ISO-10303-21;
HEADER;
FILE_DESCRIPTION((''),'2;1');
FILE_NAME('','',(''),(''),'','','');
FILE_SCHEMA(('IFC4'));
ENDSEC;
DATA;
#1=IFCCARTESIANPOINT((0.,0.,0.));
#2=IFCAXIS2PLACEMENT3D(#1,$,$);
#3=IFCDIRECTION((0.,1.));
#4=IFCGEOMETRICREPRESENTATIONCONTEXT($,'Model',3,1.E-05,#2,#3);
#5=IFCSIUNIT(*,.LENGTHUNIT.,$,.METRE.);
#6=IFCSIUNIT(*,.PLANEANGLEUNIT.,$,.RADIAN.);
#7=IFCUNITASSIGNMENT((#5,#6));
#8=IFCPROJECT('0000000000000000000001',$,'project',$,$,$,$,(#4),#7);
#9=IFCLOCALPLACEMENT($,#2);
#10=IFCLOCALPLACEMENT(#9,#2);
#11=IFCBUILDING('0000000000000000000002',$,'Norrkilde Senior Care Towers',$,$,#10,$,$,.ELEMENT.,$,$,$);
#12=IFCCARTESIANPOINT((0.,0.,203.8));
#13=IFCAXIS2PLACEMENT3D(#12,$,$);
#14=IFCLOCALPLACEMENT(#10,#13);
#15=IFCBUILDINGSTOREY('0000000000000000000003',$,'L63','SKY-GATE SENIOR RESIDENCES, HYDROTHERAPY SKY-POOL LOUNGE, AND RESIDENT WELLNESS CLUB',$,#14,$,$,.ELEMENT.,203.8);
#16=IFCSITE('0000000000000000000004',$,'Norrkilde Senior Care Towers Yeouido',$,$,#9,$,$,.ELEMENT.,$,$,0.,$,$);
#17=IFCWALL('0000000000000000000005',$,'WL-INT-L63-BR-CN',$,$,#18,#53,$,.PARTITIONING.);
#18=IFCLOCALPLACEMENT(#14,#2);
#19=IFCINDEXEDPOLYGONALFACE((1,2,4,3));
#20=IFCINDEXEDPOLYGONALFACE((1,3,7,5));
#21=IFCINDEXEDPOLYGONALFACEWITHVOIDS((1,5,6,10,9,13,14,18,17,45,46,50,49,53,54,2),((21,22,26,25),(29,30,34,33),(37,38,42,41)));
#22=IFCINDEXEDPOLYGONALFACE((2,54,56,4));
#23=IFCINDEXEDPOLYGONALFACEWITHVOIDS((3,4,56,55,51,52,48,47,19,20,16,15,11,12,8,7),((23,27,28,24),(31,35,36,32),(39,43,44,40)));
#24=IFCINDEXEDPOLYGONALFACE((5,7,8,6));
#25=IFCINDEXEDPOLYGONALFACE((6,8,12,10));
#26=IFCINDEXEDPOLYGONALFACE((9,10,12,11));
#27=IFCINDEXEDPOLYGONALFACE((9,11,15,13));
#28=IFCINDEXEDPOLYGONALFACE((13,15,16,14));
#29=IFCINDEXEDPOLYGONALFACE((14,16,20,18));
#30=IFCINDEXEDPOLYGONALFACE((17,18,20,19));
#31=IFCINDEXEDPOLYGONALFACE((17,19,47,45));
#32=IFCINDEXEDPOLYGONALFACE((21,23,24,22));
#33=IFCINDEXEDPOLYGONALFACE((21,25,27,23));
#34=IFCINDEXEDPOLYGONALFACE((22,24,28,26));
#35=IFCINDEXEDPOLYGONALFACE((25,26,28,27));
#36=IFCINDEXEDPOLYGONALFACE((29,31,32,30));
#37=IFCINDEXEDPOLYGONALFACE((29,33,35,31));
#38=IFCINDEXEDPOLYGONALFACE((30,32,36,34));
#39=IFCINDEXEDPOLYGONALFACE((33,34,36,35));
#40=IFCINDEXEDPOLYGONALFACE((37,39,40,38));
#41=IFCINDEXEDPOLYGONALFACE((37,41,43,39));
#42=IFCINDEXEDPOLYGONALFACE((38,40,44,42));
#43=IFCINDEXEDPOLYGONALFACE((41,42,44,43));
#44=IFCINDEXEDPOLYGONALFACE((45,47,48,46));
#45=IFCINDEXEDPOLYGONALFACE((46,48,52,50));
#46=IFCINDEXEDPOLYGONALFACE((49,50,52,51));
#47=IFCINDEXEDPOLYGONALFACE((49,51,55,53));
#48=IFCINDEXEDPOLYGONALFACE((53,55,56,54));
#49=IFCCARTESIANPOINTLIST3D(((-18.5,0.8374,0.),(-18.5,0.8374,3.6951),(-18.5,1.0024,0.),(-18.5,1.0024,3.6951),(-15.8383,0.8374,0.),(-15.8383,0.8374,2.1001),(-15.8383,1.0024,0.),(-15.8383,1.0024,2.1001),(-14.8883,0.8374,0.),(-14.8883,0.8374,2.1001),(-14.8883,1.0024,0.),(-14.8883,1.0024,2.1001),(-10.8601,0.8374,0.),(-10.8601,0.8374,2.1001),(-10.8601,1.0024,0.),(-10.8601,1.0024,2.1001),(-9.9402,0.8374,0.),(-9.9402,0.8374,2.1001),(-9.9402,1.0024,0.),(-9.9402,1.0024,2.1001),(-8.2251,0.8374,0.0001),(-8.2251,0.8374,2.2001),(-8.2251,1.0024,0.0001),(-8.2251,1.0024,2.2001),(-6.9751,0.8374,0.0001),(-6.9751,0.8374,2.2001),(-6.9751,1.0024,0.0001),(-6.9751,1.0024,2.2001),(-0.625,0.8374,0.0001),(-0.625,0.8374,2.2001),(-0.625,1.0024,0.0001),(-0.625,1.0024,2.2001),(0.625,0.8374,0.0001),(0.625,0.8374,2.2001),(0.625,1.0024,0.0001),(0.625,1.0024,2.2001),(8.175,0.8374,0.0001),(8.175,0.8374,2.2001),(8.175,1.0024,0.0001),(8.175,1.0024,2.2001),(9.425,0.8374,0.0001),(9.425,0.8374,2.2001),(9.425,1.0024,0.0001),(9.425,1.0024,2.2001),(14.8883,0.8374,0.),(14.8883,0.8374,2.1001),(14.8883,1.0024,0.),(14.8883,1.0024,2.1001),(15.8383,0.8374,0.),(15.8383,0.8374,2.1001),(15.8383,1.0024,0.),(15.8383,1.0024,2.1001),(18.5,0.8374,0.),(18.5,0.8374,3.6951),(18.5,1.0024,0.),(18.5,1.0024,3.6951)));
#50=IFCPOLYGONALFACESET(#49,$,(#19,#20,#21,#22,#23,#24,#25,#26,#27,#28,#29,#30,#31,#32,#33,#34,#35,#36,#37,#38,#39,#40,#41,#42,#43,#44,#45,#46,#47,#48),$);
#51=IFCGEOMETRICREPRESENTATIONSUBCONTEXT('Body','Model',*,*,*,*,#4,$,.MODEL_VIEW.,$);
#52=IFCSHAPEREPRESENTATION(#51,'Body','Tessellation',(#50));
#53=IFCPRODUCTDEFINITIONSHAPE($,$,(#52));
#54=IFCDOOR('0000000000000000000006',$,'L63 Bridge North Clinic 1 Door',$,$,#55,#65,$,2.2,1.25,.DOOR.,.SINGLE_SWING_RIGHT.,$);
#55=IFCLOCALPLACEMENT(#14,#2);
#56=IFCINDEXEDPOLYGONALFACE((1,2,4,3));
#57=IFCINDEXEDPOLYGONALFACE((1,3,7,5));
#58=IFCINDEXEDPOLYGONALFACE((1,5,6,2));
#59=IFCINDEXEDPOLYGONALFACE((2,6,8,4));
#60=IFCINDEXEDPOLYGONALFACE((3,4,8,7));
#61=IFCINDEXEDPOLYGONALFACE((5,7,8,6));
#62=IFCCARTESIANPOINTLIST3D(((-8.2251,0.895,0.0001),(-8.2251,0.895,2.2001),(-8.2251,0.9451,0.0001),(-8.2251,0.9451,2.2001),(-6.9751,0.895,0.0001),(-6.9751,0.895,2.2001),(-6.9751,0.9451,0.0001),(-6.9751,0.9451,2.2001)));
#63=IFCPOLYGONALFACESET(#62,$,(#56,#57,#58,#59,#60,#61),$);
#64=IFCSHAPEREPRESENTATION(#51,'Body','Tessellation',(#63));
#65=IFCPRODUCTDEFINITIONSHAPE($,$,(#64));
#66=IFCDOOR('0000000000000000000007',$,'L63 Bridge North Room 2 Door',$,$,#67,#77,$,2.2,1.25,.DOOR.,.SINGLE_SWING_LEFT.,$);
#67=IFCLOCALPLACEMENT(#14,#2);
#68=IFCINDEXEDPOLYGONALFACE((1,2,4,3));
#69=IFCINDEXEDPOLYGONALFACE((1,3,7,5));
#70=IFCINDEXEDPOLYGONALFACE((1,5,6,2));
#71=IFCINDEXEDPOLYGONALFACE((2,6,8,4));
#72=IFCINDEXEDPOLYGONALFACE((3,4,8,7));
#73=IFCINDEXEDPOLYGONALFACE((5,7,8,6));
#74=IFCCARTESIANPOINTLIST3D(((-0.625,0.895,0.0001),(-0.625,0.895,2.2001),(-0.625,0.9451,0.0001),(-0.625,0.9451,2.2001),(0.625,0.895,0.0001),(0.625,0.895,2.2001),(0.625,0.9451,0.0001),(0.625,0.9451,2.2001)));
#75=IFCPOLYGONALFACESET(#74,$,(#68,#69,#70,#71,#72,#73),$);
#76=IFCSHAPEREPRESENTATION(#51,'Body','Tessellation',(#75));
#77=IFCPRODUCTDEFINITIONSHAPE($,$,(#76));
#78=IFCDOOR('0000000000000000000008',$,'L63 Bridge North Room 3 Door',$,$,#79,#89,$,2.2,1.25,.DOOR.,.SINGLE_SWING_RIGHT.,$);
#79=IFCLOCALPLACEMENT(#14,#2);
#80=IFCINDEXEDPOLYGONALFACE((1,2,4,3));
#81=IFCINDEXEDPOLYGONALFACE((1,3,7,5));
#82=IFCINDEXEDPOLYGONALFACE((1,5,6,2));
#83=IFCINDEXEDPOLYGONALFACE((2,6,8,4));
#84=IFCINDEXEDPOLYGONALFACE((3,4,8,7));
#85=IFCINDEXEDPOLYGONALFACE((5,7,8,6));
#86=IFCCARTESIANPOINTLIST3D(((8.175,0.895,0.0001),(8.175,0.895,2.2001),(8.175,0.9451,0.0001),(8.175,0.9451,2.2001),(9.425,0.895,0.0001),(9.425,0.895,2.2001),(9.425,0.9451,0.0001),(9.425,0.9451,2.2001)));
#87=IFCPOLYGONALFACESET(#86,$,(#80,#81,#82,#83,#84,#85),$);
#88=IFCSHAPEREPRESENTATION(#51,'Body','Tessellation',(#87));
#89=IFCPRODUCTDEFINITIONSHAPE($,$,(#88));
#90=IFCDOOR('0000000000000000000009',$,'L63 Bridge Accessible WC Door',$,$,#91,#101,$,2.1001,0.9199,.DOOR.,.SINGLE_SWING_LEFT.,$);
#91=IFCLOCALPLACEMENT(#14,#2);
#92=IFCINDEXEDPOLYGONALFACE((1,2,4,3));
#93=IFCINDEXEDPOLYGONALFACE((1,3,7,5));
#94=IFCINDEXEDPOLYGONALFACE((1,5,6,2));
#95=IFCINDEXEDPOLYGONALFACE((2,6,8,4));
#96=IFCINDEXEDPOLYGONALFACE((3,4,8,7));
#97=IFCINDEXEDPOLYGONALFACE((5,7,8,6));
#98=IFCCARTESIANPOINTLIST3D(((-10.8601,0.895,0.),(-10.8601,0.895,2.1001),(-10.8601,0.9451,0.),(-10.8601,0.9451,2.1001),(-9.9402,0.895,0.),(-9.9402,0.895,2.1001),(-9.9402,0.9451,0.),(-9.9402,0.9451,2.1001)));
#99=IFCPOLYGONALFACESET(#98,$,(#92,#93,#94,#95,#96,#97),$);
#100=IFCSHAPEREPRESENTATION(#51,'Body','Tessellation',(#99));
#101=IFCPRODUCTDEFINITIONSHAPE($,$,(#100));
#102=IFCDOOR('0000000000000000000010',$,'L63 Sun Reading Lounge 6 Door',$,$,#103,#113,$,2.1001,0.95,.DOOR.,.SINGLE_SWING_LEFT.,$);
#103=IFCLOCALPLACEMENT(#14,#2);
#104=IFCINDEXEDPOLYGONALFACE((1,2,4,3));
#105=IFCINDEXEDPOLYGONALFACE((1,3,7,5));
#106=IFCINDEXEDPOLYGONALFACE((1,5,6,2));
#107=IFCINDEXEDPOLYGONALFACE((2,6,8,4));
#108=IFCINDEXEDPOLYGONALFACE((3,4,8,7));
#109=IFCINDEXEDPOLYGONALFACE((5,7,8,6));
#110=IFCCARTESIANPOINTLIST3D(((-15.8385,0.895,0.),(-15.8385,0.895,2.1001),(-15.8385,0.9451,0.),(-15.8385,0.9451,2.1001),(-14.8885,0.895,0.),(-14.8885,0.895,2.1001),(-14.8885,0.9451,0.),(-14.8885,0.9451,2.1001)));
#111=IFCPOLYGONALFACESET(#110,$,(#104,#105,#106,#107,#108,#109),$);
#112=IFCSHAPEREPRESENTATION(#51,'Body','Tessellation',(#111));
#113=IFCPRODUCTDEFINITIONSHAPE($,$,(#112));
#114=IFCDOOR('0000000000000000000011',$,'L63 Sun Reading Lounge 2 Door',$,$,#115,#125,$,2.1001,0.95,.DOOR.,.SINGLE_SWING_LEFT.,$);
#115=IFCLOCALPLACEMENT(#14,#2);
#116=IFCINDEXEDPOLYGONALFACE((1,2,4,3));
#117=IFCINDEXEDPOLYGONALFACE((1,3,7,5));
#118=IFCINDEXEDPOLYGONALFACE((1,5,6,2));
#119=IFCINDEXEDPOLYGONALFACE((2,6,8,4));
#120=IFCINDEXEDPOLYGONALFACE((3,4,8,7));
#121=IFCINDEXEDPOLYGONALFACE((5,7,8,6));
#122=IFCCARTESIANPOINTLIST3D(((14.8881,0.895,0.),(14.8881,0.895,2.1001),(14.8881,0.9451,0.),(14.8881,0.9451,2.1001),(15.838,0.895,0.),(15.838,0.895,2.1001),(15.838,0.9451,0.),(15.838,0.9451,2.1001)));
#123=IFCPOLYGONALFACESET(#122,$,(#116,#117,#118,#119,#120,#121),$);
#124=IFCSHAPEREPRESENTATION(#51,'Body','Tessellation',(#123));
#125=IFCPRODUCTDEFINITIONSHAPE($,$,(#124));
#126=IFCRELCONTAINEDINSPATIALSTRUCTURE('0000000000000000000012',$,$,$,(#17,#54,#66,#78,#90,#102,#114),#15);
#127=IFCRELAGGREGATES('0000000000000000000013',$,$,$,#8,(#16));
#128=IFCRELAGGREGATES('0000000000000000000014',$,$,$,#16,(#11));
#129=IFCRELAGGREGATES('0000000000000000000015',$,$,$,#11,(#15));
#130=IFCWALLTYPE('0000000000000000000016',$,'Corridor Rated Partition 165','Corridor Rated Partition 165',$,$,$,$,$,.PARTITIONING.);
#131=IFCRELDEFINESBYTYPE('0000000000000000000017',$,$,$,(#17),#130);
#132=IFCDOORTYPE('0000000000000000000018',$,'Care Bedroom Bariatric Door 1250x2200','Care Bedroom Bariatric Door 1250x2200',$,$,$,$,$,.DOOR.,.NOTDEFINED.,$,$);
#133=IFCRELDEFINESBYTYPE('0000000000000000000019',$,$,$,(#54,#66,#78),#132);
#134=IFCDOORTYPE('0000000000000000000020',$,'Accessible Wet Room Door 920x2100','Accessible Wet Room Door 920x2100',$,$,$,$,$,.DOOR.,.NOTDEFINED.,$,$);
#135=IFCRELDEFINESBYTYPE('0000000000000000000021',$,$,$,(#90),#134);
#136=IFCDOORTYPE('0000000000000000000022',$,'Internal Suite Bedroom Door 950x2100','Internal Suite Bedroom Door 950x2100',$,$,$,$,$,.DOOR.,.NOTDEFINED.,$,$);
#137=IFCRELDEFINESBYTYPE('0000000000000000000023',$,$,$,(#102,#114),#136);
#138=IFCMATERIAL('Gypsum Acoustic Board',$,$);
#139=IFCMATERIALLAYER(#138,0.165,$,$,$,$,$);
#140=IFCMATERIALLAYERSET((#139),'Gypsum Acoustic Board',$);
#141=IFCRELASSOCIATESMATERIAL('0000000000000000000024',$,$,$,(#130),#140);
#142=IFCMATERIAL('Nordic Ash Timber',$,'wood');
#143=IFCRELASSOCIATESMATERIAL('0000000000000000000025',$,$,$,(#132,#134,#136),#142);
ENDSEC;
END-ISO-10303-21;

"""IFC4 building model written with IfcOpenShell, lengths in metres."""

from ifc_helpers import new_model, si_unit, direction, frame, frame_2d, origin, place, context, subcontext, project, spatial, rectangle, extrude, source, transform, mapped, material, layer, layer_set, type_object, type_shapes, element, fill, save


model = new_model("IFC4")

# Units and contexts
model_context = context("Model", 3, precision=1e-05, world=origin(), true_north=direction((0.0, 1.0)))
body_context = subcontext(model_context, "Body", "Model", "MODEL_VIEW")
ifc_project = project(units=[si_unit("LENGTHUNIT", "METRE"), si_unit("PLANEANGLEUNIT", "RADIAN")], contexts=[model_context])

# Site, building, storey
site_placement = place(None, origin())
site = spatial("IfcSite", under=ifc_project, at=site_placement, Name="Norrkilde Senior Care Towers Yeouido", CompositionType="ELEMENT", RefElevation=0.0)
building_placement = place(site_placement, origin())
building = spatial("IfcBuilding", under=site, at=building_placement, Name="Norrkilde Senior Care Towers", CompositionType="ELEMENT")
storey_placement = place(building_placement, frame((0.0, 0.0, 203.8)))
storey = spatial("IfcBuildingStorey", under=building, at=storey_placement, Name="L63", Description="SKY-GATE SENIOR RESIDENCES, HYDROTHERAPY SKY-POOL LOUNGE, AND RESIDENT WELLNESS CLUB", CompositionType="ELEMENT", Elevation=203.8)

# Shared definitions
ifc_material_1 = material(Name="Gypsum Acoustic Board")
ifc_layer_1 = layer(ifc_material_1, 0.165)
ifc_layer_set_1 = layer_set([ifc_layer_1], Name="Gypsum Acoustic Board")
wall_type_1 = type_object("IfcWallType", Name="Corridor Rated Partition 165", Description="Corridor Rated Partition 165", PredefinedType="PARTITIONING", material=ifc_layer_set_1)
ifc_material_2 = material(Name="Nordic Ash Timber", Category="wood")
door_type_1 = type_object("IfcDoorType", Name="Care Bedroom Bariatric Door 1250x2200", Description="Care Bedroom Bariatric Door 1250x2200", OperationType="NOTDEFINED", PredefinedType="DOOR", material=ifc_material_2)
shared_shape_1 = source(origin(), body_context, "Body", "SweptSolid", [
    extrude(rectangle(XDim=1.25, YDim=2.2, at=frame_2d((0.625, 1.1001))), frame((0.0, 0.0249, 0.0), z_axis=(0.0, -1.0, 0.0), x_axis=(1.0, 0.0, 0.0)), (0.0, 0.0, 1.0), 0.05),
])
type_shapes(door_type_1, [shared_shape_1])

# Wall, openings, doors
shared_shape_2 = source(origin(), body_context, "Body", "SweptSolid", [
    extrude(rectangle(XDim=37.0, YDim=0.165, at=frame_2d((18.5, 0.0))), origin(), (0.0, 0.0, 1.0), 3.6951),
])
wall_1_placement = place(storey_placement, frame((-18.5, 0.9199, 0.0), z_axis=(0.0, 0.0, 1.0), x_axis=(1.0, 0.0, 0.0)))
wall_1 = element("IfcWall", 1, at=wall_1_placement, inside=storey, type_object=wall_type_1, Name="WL-INT-L63-BR-CN", PredefinedType="PARTITIONING", context=body_context, shape_type="MappedRepresentation", body=[
    mapped(shared_shape_2, transform((0.0, 0.0, 0.0), x_axis=(1.0, 0.0, 0.0), y_axis=(0.0, 1.0, 0.0), z_axis=(0.0, 0.0, 1.0), scale=1.0)),
])
opening_1_placement = place(wall_1_placement, frame((2.6616, 0.0, 0.0)))
opening_1 = element("IfcOpeningElement", 2, at=opening_1_placement, cuts=wall_1, PredefinedType="OPENING", context=body_context, shape_type="SweptSolid", body=[
    extrude(rectangle(XDim=0.95, YDim=2.1001, at=frame_2d((0.4751, 1.05))), frame((0.0, 0.0925, 0.0), z_axis=(0.0, -1.0, 0.0), x_axis=(1.0, 0.0, 0.0)), (0.0, 0.0, 1.0), 0.1851),
])
opening_2_placement = place(wall_1_placement, frame((33.3882, 0.0, 0.0)))
opening_2 = element("IfcOpeningElement", 3, at=opening_2_placement, cuts=wall_1, PredefinedType="OPENING", context=body_context, shape_type="SweptSolid", body=[
    extrude(rectangle(XDim=0.95, YDim=2.1001, at=frame_2d((0.4751, 1.05))), frame((0.0, 0.0925, 0.0), z_axis=(0.0, -1.0, 0.0), x_axis=(1.0, 0.0, 0.0)), (0.0, 0.0, 1.0), 0.1851),
])
opening_3_placement = place(wall_1_placement, frame((7.6399, 0.0, 0.0)))
opening_3 = element("IfcOpeningElement", 4, at=opening_3_placement, cuts=wall_1, PredefinedType="OPENING", context=body_context, shape_type="SweptSolid", body=[
    extrude(rectangle(XDim=0.9199, YDim=2.1001, at=frame_2d((0.46, 1.05))), frame((0.0, 0.0925, 0.0), z_axis=(0.0, -1.0, 0.0), x_axis=(1.0, 0.0, 0.0)), (0.0, 0.0, 1.0), 0.1851),
])
opening_4_placement = place(wall_1_placement, frame((10.2749, 0.0, 0.0)))
opening_4 = element("IfcOpeningElement", 5, at=opening_4_placement, cuts=wall_1, PredefinedType="OPENING", context=body_context, shape_type="SweptSolid", body=[
    extrude(rectangle(XDim=1.25, YDim=2.2, at=frame_2d((0.625, 1.1001))), frame((0.0, 0.0925, 0.0), z_axis=(0.0, -1.0, 0.0), x_axis=(1.0, 0.0, 0.0)), (0.0, 0.0, 1.0), 0.1851),
])
opening_5_placement = place(wall_1_placement, frame((17.875, 0.0, 0.0)))
opening_5 = element("IfcOpeningElement", 6, at=opening_5_placement, cuts=wall_1, PredefinedType="OPENING", context=body_context, shape_type="SweptSolid", body=[
    extrude(rectangle(XDim=1.25, YDim=2.2, at=frame_2d((0.625, 1.1001))), frame((0.0, 0.0925, 0.0), z_axis=(0.0, -1.0, 0.0), x_axis=(1.0, 0.0, 0.0)), (0.0, 0.0, 1.0), 0.1851),
])
opening_6_placement = place(wall_1_placement, frame((26.675, 0.0, 0.0)))
opening_6 = element("IfcOpeningElement", 7, at=opening_6_placement, cuts=wall_1, PredefinedType="OPENING", context=body_context, shape_type="SweptSolid", body=[
    extrude(rectangle(XDim=1.25, YDim=2.2, at=frame_2d((0.625, 1.1001))), frame((0.0, 0.0925, 0.0), z_axis=(0.0, -1.0, 0.0), x_axis=(1.0, 0.0, 0.0)), (0.0, 0.0, 1.0), 0.1851),
])
door_1_placement = place(opening_4_placement, frame((1.25, 0.0, 0.0), z_axis=(0.0, 0.0, 1.0), x_axis=(-1.0, 0.0, 0.0)))
door_1 = element("IfcDoor", 8, at=door_1_placement, inside=storey, type_object=door_type_1, Name="L63 Bridge North Clinic 1 Door", OperationType="SINGLE_SWING_RIGHT", OverallHeight=2.2, OverallWidth=1.25, PredefinedType="DOOR", context=body_context, shape_type="MappedRepresentation", body=[
    mapped(shared_shape_1, transform((0.0, 0.0, 0.0), x_axis=(1.0, 0.0, 0.0), y_axis=(0.0, 1.0, 0.0), z_axis=(0.0, 0.0, 1.0), scale=1.0)),
])
fill(opening_4, door_1)
door_2_placement = place(opening_5_placement, frame((1.25, 0.0, 0.0), z_axis=(0.0, 0.0, 1.0), x_axis=(-1.0, 0.0, 0.0)))
door_2 = element("IfcDoor", 9, at=door_2_placement, inside=storey, type_object=door_type_1, Name="L63 Bridge North Room 2 Door", OperationType="SINGLE_SWING_LEFT", OverallHeight=2.2, OverallWidth=1.25, PredefinedType="DOOR", context=body_context, shape_type="MappedRepresentation", body=[
    mapped(shared_shape_1, transform((0.0, 0.0, 0.0), x_axis=(1.0, 0.0, 0.0), y_axis=(0.0, 1.0, 0.0), z_axis=(0.0, 0.0, 1.0), scale=1.0)),
])
fill(opening_5, door_2)
door_3_placement = place(opening_6_placement, frame((1.25, 0.0, 0.0), z_axis=(0.0, 0.0, 1.0), x_axis=(-1.0, 0.0, 0.0)))
door_3 = element("IfcDoor", 10, at=door_3_placement, inside=storey, type_object=door_type_1, Name="L63 Bridge North Room 3 Door", OperationType="SINGLE_SWING_RIGHT", OverallHeight=2.2, OverallWidth=1.25, PredefinedType="DOOR", context=body_context, shape_type="MappedRepresentation", body=[
    mapped(shared_shape_1, transform((0.0, 0.0, 0.0), x_axis=(1.0, 0.0, 0.0), y_axis=(0.0, 1.0, 0.0), z_axis=(0.0, 0.0, 1.0), scale=1.0)),
])
fill(opening_6, door_3)
door_type_2 = type_object("IfcDoorType", Name="Accessible Wet Room Door 920x2100", Description="Accessible Wet Room Door 920x2100", OperationType="NOTDEFINED", PredefinedType="DOOR", material=ifc_material_2)
shared_shape_3 = source(origin(), body_context, "Body", "SweptSolid", [
    extrude(rectangle(XDim=0.9199, YDim=2.1001, at=frame_2d((0.46, 1.05))), frame((0.0, 0.0249, 0.0), z_axis=(0.0, -1.0, 0.0), x_axis=(1.0, 0.0, 0.0)), (0.0, 0.0, 1.0), 0.05),
])
type_shapes(door_type_2, [shared_shape_3])
door_4_placement = place(opening_3_placement, frame((0.9199, 0.0, 0.0), z_axis=(0.0, 0.0, 1.0), x_axis=(-1.0, 0.0, 0.0)))
door_4 = element("IfcDoor", 11, at=door_4_placement, inside=storey, type_object=door_type_2, Name="L63 Bridge Accessible WC Door", OperationType="SINGLE_SWING_LEFT", OverallHeight=2.1001, OverallWidth=0.9199, PredefinedType="DOOR", context=body_context, shape_type="MappedRepresentation", body=[
    mapped(shared_shape_3, transform((0.0, 0.0, 0.0), x_axis=(1.0, 0.0, 0.0), y_axis=(0.0, 1.0, 0.0), z_axis=(0.0, 0.0, 1.0), scale=1.0)),
])
fill(opening_3, door_4)
door_type_3 = type_object("IfcDoorType", Name="Internal Suite Bedroom Door 950x2100", Description="Internal Suite Bedroom Door 950x2100", OperationType="NOTDEFINED", PredefinedType="DOOR", material=ifc_material_2)
shared_shape_4 = source(origin(), body_context, "Body", "SweptSolid", [
    extrude(rectangle(XDim=0.95, YDim=2.1001, at=frame_2d((0.4751, 1.05))), frame((0.0, 0.0249, 0.0), z_axis=(0.0, -1.0, 0.0), x_axis=(1.0, 0.0, 0.0)), (0.0, 0.0, 1.0), 0.05),
])
type_shapes(door_type_3, [shared_shape_4])
door_5_placement = place(opening_1_placement, frame((0.95, 0.0, 0.0), z_axis=(0.0, 0.0, 1.0), x_axis=(-1.0, 0.0, 0.0)))
door_5 = element("IfcDoor", 12, at=door_5_placement, inside=storey, type_object=door_type_3, Name="L63 Sun Reading Lounge 6 Door", OperationType="SINGLE_SWING_LEFT", OverallHeight=2.1001, OverallWidth=0.95, PredefinedType="DOOR", context=body_context, shape_type="MappedRepresentation", body=[
    mapped(shared_shape_4, transform((0.0, 0.0, 0.0), x_axis=(1.0, 0.0, 0.0), y_axis=(0.0, 1.0, 0.0), z_axis=(0.0, 0.0, 1.0), scale=1.0)),
])
fill(opening_1, door_5)
door_6_placement = place(opening_2_placement, frame((0.95, 0.0, 0.0), z_axis=(0.0, 0.0, 1.0), x_axis=(-1.0, 0.0, 0.0)))
door_6 = element("IfcDoor", 13, at=door_6_placement, inside=storey, type_object=door_type_3, Name="L63 Sun Reading Lounge 2 Door", OperationType="SINGLE_SWING_LEFT", OverallHeight=2.1001, OverallWidth=0.95, PredefinedType="DOOR", context=body_context, shape_type="MappedRepresentation", body=[
    mapped(shared_shape_4, transform((0.0, 0.0, 0.0), x_axis=(1.0, 0.0, 0.0), y_axis=(0.0, 1.0, 0.0), z_axis=(0.0, 0.0, 1.0), scale=1.0)),
])
fill(opening_2, door_6)

save(model, "model.ifc")
